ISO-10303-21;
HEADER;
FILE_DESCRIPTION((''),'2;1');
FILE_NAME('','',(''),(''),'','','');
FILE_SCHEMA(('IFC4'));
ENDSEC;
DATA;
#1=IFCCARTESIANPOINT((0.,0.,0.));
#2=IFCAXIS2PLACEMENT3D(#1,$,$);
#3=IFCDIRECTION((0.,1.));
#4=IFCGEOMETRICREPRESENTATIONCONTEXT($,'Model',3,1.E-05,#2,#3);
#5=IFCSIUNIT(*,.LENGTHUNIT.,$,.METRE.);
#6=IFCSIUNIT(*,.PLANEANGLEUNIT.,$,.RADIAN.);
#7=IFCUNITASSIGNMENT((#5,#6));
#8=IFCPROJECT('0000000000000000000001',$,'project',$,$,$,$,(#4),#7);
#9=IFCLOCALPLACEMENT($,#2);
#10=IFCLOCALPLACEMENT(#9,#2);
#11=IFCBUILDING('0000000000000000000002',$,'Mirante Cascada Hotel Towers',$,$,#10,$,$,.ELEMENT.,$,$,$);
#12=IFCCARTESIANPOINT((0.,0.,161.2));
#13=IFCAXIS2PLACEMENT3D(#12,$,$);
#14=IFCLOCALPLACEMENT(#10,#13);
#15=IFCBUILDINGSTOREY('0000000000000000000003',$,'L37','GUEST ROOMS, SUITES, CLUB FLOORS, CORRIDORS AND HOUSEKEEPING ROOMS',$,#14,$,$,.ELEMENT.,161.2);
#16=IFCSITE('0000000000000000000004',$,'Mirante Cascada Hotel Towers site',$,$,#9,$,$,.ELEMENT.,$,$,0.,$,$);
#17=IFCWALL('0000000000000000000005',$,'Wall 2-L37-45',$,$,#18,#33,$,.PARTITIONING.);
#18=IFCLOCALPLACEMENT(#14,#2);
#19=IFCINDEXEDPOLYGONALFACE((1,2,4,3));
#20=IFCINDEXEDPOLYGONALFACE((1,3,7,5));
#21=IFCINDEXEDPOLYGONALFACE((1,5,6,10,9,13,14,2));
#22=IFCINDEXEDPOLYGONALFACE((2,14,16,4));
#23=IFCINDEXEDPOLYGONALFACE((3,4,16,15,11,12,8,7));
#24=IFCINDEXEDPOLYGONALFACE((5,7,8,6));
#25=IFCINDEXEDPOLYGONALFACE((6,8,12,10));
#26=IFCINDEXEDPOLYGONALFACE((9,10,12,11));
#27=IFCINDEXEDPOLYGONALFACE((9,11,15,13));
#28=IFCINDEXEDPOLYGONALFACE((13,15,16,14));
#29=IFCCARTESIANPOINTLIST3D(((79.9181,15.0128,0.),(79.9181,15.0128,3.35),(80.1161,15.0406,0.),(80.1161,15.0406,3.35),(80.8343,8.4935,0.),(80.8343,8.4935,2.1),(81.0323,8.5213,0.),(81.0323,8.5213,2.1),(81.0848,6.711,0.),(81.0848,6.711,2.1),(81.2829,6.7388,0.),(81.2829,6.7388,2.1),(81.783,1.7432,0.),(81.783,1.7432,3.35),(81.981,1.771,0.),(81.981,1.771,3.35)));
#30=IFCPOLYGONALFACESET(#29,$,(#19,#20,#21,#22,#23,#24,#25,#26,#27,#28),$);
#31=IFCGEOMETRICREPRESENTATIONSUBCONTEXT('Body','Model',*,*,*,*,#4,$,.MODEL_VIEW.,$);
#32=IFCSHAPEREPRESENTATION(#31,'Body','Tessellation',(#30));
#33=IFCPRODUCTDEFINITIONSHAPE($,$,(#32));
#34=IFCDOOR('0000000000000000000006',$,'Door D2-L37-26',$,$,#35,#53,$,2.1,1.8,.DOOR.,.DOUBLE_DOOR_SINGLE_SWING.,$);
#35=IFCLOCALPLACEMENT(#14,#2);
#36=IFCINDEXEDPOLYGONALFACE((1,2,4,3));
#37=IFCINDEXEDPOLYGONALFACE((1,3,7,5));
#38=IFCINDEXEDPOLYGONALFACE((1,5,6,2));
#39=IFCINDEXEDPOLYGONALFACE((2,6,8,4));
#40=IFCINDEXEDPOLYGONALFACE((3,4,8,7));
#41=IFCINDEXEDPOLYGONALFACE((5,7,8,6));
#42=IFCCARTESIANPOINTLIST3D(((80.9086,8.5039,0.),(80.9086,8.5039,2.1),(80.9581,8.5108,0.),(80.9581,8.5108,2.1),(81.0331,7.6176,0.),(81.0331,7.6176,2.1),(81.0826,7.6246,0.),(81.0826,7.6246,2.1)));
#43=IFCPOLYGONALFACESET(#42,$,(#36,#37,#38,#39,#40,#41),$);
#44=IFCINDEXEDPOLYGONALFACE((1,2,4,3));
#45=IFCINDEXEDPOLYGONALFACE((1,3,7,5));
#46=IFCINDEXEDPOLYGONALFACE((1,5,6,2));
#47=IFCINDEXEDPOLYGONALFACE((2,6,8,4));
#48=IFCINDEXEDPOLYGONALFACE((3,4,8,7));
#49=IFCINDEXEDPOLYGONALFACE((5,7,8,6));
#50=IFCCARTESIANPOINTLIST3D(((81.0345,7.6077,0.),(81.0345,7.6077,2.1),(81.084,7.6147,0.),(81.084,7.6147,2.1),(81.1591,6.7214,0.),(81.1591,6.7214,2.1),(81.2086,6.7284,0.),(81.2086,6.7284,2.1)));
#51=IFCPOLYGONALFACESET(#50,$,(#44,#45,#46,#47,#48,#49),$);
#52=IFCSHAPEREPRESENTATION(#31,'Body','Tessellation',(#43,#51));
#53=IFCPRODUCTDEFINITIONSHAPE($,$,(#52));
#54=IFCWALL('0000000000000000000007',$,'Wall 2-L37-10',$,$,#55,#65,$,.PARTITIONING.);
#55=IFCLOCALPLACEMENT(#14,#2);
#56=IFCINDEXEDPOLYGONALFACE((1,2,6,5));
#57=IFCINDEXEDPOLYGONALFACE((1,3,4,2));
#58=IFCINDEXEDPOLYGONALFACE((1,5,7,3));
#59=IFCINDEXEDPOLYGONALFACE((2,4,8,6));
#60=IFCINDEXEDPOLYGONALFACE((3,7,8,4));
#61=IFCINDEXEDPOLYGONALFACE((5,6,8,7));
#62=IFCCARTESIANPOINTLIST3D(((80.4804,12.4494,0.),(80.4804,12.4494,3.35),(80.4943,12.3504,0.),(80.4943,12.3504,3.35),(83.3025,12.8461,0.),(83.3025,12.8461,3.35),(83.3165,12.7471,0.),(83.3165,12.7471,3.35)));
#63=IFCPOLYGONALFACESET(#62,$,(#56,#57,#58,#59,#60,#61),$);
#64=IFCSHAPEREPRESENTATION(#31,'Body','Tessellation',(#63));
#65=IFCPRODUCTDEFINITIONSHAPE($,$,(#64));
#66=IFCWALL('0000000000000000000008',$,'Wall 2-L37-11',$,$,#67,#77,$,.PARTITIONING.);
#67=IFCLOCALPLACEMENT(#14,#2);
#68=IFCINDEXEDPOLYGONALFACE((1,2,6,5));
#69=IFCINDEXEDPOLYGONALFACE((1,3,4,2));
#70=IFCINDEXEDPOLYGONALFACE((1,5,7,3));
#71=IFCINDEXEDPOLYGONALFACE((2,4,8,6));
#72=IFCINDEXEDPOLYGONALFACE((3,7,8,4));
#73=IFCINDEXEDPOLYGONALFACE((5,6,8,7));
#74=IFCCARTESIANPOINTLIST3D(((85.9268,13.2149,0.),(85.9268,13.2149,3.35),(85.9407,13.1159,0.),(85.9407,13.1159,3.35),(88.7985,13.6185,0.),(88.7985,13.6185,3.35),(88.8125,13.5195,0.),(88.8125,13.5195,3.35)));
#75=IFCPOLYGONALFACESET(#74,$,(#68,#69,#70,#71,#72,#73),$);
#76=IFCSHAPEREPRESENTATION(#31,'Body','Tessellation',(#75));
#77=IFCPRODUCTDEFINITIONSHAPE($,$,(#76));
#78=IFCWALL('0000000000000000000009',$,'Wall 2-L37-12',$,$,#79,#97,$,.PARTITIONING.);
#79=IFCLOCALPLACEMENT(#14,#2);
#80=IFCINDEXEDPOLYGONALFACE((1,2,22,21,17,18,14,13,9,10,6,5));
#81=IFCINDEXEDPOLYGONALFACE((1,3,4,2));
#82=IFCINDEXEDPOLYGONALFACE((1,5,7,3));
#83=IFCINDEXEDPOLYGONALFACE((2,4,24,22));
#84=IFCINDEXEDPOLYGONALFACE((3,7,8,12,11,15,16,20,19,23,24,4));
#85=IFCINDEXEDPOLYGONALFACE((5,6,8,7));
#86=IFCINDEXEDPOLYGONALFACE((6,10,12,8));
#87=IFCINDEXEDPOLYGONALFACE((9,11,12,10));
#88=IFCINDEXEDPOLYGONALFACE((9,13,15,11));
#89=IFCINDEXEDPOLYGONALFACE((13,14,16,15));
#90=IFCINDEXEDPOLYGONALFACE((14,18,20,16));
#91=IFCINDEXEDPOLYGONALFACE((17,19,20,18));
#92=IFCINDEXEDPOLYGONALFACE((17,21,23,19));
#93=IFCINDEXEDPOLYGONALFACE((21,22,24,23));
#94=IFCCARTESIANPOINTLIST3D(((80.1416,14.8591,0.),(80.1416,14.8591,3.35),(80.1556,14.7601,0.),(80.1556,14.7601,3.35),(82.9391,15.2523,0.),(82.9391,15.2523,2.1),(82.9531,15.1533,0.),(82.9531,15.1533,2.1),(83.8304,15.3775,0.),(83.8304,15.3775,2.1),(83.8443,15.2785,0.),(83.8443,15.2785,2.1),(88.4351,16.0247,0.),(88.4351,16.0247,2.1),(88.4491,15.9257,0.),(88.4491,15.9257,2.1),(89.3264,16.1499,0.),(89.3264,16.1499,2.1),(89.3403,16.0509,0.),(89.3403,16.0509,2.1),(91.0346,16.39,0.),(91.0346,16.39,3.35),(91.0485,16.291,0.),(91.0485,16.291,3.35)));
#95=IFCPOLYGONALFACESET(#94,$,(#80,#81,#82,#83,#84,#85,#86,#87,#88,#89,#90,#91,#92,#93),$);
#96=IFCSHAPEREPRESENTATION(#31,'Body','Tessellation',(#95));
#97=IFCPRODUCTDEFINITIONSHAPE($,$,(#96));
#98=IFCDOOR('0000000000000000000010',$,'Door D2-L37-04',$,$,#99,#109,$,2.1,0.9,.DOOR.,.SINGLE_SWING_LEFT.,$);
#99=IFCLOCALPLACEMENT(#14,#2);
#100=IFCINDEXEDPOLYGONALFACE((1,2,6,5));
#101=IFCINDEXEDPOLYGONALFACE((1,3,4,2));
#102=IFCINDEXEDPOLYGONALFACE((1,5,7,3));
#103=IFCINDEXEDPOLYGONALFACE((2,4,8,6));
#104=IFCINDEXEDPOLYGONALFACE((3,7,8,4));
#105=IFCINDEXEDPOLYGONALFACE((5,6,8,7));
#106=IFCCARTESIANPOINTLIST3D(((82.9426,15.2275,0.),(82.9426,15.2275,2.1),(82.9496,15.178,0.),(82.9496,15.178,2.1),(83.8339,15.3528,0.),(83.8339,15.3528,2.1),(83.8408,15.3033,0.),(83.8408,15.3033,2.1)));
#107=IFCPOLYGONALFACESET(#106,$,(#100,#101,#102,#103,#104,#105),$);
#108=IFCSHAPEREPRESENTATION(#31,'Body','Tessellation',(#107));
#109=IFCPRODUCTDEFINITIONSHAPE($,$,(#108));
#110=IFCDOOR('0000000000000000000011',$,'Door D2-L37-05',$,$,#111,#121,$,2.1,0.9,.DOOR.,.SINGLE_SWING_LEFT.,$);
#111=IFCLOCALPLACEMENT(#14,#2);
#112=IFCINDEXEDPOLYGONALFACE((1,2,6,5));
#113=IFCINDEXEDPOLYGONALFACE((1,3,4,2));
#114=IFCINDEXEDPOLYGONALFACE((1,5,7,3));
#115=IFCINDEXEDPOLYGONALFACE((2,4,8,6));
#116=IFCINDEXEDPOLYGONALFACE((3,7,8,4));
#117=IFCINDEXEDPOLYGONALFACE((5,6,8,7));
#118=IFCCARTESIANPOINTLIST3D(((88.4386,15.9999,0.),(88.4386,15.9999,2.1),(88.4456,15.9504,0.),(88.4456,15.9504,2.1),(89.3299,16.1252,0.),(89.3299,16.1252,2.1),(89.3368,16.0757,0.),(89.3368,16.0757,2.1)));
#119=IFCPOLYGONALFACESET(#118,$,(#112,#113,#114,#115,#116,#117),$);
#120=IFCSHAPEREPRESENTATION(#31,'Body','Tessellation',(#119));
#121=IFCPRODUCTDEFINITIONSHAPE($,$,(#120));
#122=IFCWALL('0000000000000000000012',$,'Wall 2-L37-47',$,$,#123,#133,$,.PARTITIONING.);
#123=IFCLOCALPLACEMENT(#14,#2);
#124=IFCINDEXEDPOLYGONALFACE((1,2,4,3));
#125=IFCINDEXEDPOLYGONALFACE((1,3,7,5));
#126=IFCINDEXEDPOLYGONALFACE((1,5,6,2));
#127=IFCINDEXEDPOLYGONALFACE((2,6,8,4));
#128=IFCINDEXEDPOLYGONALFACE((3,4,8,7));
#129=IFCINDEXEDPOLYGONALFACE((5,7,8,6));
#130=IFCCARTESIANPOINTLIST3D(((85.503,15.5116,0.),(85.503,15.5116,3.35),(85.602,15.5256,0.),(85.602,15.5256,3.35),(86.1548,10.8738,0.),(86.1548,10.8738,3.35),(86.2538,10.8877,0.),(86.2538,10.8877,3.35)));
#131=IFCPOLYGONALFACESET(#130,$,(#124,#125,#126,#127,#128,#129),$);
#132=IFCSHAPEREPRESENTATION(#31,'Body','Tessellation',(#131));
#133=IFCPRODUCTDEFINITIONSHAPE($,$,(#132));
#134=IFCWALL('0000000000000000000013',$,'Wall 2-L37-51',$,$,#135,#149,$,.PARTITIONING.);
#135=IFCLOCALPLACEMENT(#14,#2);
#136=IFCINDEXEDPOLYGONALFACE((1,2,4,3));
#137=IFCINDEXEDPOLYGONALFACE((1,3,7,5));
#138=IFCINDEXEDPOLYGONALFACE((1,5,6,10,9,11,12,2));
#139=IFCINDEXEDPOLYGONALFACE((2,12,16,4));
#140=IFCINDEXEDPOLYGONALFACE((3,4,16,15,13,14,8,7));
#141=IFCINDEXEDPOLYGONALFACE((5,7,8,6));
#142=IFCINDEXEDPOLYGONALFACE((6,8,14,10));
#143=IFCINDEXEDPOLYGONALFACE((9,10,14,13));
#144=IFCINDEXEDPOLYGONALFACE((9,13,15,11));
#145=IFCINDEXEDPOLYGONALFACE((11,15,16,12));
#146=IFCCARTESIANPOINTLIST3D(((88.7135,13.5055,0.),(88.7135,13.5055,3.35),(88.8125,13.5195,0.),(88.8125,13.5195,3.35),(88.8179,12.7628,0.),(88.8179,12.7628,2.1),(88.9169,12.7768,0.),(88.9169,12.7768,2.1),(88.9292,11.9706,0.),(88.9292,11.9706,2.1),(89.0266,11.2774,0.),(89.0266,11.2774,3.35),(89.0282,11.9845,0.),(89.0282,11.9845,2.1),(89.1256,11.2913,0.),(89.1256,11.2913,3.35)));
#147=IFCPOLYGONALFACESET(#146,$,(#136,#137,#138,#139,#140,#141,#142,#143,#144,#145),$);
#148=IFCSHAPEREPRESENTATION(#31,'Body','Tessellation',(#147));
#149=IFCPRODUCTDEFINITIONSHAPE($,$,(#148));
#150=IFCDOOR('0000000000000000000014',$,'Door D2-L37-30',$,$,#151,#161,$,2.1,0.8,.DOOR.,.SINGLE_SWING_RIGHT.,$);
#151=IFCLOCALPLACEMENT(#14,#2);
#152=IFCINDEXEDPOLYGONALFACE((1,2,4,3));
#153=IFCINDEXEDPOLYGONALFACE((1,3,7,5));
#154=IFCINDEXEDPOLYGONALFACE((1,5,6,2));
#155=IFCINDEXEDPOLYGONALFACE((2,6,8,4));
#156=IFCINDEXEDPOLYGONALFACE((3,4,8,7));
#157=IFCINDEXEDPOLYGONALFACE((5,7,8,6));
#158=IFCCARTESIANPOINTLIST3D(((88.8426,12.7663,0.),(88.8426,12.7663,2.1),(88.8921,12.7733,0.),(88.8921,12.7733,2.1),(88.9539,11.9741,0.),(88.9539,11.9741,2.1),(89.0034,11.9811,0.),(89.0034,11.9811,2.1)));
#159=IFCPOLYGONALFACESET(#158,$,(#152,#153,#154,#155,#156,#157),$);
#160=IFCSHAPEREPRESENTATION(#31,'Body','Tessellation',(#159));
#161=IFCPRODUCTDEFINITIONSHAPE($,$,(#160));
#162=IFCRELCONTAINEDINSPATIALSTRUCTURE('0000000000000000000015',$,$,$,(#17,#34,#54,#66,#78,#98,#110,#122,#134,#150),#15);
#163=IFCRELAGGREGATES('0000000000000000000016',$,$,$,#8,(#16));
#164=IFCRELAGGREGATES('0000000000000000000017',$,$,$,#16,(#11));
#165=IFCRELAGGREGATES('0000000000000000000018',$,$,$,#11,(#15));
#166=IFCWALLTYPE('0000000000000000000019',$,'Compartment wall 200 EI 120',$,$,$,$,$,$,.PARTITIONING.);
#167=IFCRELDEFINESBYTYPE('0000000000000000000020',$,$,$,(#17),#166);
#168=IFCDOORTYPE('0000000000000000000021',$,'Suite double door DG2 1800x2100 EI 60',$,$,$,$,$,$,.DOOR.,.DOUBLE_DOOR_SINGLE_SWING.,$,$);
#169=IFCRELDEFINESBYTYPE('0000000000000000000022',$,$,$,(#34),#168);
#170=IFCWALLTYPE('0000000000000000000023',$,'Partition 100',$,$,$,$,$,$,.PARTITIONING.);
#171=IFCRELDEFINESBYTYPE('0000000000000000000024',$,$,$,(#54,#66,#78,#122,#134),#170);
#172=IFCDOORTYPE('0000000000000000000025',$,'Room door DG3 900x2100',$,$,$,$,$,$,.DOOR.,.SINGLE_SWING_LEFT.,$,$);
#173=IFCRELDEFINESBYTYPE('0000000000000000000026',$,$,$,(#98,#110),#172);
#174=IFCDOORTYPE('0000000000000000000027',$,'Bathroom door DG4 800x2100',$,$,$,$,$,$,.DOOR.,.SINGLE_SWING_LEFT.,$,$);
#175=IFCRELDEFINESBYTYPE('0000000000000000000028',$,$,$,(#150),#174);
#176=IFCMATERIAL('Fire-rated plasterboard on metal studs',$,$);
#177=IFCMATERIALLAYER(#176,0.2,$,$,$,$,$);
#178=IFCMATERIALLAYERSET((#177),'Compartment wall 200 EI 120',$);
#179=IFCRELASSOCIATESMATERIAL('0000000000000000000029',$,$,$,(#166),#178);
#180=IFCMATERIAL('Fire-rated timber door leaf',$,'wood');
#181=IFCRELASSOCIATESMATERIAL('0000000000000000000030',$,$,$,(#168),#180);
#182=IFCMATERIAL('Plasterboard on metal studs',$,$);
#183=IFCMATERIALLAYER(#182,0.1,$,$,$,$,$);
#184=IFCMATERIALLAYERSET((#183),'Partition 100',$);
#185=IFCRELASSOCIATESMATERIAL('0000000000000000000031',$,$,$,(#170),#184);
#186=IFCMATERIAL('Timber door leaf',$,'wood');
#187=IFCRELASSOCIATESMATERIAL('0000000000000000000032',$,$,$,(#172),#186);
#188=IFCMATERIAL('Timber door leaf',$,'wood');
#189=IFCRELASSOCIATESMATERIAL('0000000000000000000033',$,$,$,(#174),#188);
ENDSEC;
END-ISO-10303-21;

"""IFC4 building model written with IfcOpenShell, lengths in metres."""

from ifc_helpers import new_model, si_unit, direction, frame, frame_2d, origin, place, context, subcontext, project, spatial, rectangle, extrude, material, layer, layer_set, type_object, element, fill, save


model = new_model("IFC4")

# Units and contexts
model_context = context("Model", 3, precision=1e-05, world=origin(), true_north=direction((0.0, 1.0)))
body_context = subcontext(model_context, "Body", "Model", "MODEL_VIEW")
ifc_project = project(units=[si_unit("LENGTHUNIT", "METRE"), si_unit("PLANEANGLEUNIT", "RADIAN")], contexts=[model_context])

# Site, building, storey
site_placement = place(None, origin())
site = spatial("IfcSite", under=ifc_project, at=site_placement, Name="Mirante Cascada Hotel Towers site", CompositionType="ELEMENT", RefElevation=0.0)
building_placement = place(site_placement, origin())
building = spatial("IfcBuilding", under=site, at=building_placement, Name="Mirante Cascada Hotel Towers", CompositionType="ELEMENT")
storey_placement = place(building_placement, frame((0.0, 0.0, 161.2)))
storey = spatial("IfcBuildingStorey", under=building, at=storey_placement, Name="L37", Description="GUEST ROOMS, SUITES, CLUB FLOORS, CORRIDORS AND HOUSEKEEPING ROOMS", CompositionType="ELEMENT", Elevation=161.2)

# Shared definitions
ifc_material_1 = material(Name="Fire-rated plasterboard on metal studs")
ifc_layer_1 = layer(ifc_material_1, 0.2)
ifc_layer_set_1 = layer_set([ifc_layer_1], Name="Compartment wall 200 EI 120")
wall_type_1 = type_object("IfcWallType", Name="Compartment wall 200 EI 120", PredefinedType="PARTITIONING", material=ifc_layer_set_1)

# Wall, opening, door
wall_1_placement = place(storey_placement, frame((80.0171, 15.0267, 0.0), z_axis=(0.0, 0.0, 1.0), x_axis=(0.139172, -0.990268, 0.0)))
wall_1 = element("IfcWall", 1, at=wall_1_placement, inside=storey, type_object=wall_type_1, Name="Wall 2-L37-45", PredefinedType="PARTITIONING", context=body_context, shape_type="SweptSolid", body=[
    extrude(rectangle(XDim=13.4, YDim=0.2, at=frame_2d((6.7, 0.0))), origin(), (0.0, 0.0, 1.0), 3.35),
])
opening_1_placement = place(wall_1_placement, frame((6.5834, 0.0, 0.0)))
opening_1 = element("IfcOpeningElement", 2, at=opening_1_placement, cuts=wall_1, PredefinedType="OPENING", context=body_context, shape_type="SweptSolid", body=[
    extrude(rectangle(XDim=1.8, YDim=2.1, at=frame_2d((0.9, 1.05))), frame((0.0, 0.1, 0.0), z_axis=(0.0, -1.0, 0.0), x_axis=(1.0, 0.0, 0.0)), (0.0, 0.0, 1.0), 0.2),
])
ifc_material_2 = material(Name="Fire-rated timber door leaf", Category="wood")
door_type_1 = type_object("IfcDoorType", Name="Suite double door DG2 1800x2100 EI 60", OperationType="DOUBLE_DOOR_SINGLE_SWING", PredefinedType="DOOR", material=ifc_material_2)
door_1_placement = place(opening_1_placement, origin())
door_1 = element("IfcDoor", 3, at=door_1_placement, inside=storey, type_object=door_type_1, Name="Door D2-L37-26", OperationType="DOUBLE_DOOR_SINGLE_SWING", OverallHeight=2.1, OverallWidth=1.8, PredefinedType="DOOR", context=body_context, shape_type="SweptSolid", body=[
    extrude(rectangle(XDim=0.895, YDim=2.1, at=frame_2d((0.4475, 1.05))), frame((0.0, 0.025, 0.0), z_axis=(0.0, -1.0, 0.0), x_axis=(1.0, 0.0, 0.0)), (0.0, 0.0, 1.0), 0.05),
    extrude(rectangle(XDim=0.895, YDim=2.1, at=frame_2d((1.3525, 1.05))), frame((0.0, 0.025, 0.0), z_axis=(0.0, -1.0, 0.0), x_axis=(1.0, 0.0, 0.0)), (0.0, 0.0, 1.0), 0.05),
])
fill(opening_1, door_1)

# Walls
ifc_material_3 = material(Name="Plasterboard on metal studs")
ifc_layer_2 = layer(ifc_material_3, 0.1)
ifc_layer_set_2 = layer_set([ifc_layer_2], Name="Partition 100")
wall_type_2 = type_object("IfcWallType", Name="Partition 100", PredefinedType="PARTITIONING", material=ifc_layer_set_2)
wall_2_placement = place(storey_placement, frame((80.4873, 12.3999, 0.0), z_axis=(0.0, 0.0, 1.0), x_axis=(0.990265, 0.139196, 0.0)))
element("IfcWall", 4, at=wall_2_placement, inside=storey, type_object=wall_type_2, Name="Wall 2-L37-10", PredefinedType="PARTITIONING", context=body_context, shape_type="SweptSolid", body=[
    extrude(rectangle(XDim=2.8499, YDim=0.1, at=frame_2d((1.425, 0.0))), origin(), (0.0, 0.0, 1.0), 3.35),
])
wall_3_placement = place(storey_placement, frame((88.8055, 13.569, 0.0), z_axis=(0.0, 0.0, 1.0), x_axis=(-0.990268, -0.139171, 0.0)))
element("IfcWall", 5, at=wall_3_placement, inside=storey, type_object=wall_type_2, Name="Wall 2-L37-11", PredefinedType="PARTITIONING", context=body_context, shape_type="SweptSolid", body=[
    extrude(rectangle(XDim=2.9, YDim=0.1, at=frame_2d((1.45, 0.0))), origin(), (0.0, 0.0, 1.0), 3.35),
])

# Wall, openings, doors
wall_4_placement = place(storey_placement, frame((80.1486, 14.8096, 0.0), z_axis=(0.0, 0.0, 1.0), x_axis=(0.990268, 0.139173, 0.0)))
wall_4 = element("IfcWall", 6, at=wall_4_placement, inside=storey, type_object=wall_type_2, Name="Wall 2-L37-12", PredefinedType="PARTITIONING", context=body_context, shape_type="SweptSolid", body=[
    extrude(rectangle(XDim=11.0, YDim=0.1, at=frame_2d((5.5, 0.0))), origin(), (0.0, 0.0, 1.0), 3.35),
])
opening_2_placement = place(wall_4_placement, frame((2.825, 0.0, 0.0)))
opening_2 = element("IfcOpeningElement", 7, at=opening_2_placement, cuts=wall_4, PredefinedType="OPENING", context=body_context, shape_type="SweptSolid", body=[
    extrude(rectangle(XDim=0.9, YDim=2.1, at=frame_2d((0.45, 1.05))), frame((0.0, 0.05, 0.0), z_axis=(0.0, -1.0, 0.0), x_axis=(1.0, 0.0, 0.0)), (0.0, 0.0, 1.0), 0.1),
])
opening_3_placement = place(wall_4_placement, frame((8.375, 0.0, 0.0)))
opening_3 = element("IfcOpeningElement", 8, at=opening_3_placement, cuts=wall_4, PredefinedType="OPENING", context=body_context, shape_type="SweptSolid", body=[
    extrude(rectangle(XDim=0.9, YDim=2.1, at=frame_2d((0.45, 1.05))), frame((0.0, 0.05, 0.0), z_axis=(0.0, -1.0, 0.0), x_axis=(1.0, 0.0, 0.0)), (0.0, 0.0, 1.0), 0.1),
])
ifc_material_4 = material(Name="Timber door leaf", Category="wood")
door_type_2 = type_object("IfcDoorType", Name="Room door DG3 900x2100", OperationType="SINGLE_SWING_LEFT", PredefinedType="DOOR", material=ifc_material_4)
door_2_placement = place(opening_2_placement, origin())
door_2 = element("IfcDoor", 9, at=door_2_placement, inside=storey, type_object=door_type_2, Name="Door D2-L37-04", OperationType="SINGLE_SWING_LEFT", OverallHeight=2.1, OverallWidth=0.9, PredefinedType="DOOR", context=body_context, shape_type="SweptSolid", body=[
    extrude(rectangle(XDim=0.9, YDim=2.1, at=frame_2d((0.45, 1.05))), frame((0.0, 0.025, 0.0), z_axis=(0.0, -1.0, 0.0), x_axis=(1.0, 0.0, 0.0)), (0.0, 0.0, 1.0), 0.05),
])
fill(opening_2, door_2)
door_3_placement = place(opening_3_placement, origin())
door_3 = element("IfcDoor", 10, at=door_3_placement, inside=storey, type_object=door_type_2, Name="Door D2-L37-05", OperationType="SINGLE_SWING_LEFT", OverallHeight=2.1, OverallWidth=0.9, PredefinedType="DOOR", context=body_context, shape_type="SweptSolid", body=[
    extrude(rectangle(XDim=0.9, YDim=2.1, at=frame_2d((0.45, 1.05))), frame((0.0, 0.025, 0.0), z_axis=(0.0, -1.0, 0.0), x_axis=(1.0, 0.0, 0.0)), (0.0, 0.0, 1.0), 0.05),
])
fill(opening_3, door_3)

# Wall
wall_5_placement = place(storey_placement, frame((85.5525, 15.5186, 0.0), z_axis=(0.0, 0.0, 1.0), x_axis=(0.139173, -0.990268, 0.0)))
element("IfcWall", 11, at=wall_5_placement, inside=storey, type_object=wall_type_2, Name="Wall 2-L37-47", PredefinedType="PARTITIONING", context=body_context, shape_type="SweptSolid", body=[
    extrude(rectangle(XDim=4.6834, YDim=0.1, at=frame_2d((2.3417, 0.0))), origin(), (0.0, 0.0, 1.0), 3.35),
])

# Wall, opening, door
wall_6_placement = place(storey_placement, frame((88.763, 13.5125, 0.0), z_axis=(0.0, 0.0, 1.0), x_axis=(0.139156, -0.990271, 0.0)))
wall_6 = element("IfcWall", 12, at=wall_6_placement, inside=storey, type_object=wall_type_2, Name="Wall 2-L37-51", PredefinedType="PARTITIONING", context=body_context, shape_type="SweptSolid", body=[
    extrude(rectangle(XDim=2.25, YDim=0.1, at=frame_2d((1.125, 0.0))), origin(), (0.0, 0.0, 1.0), 3.35),
])
opening_4_placement = place(wall_6_placement, frame((0.75, 0.0, 0.0)))
opening_4 = element("IfcOpeningElement", 13, at=opening_4_placement, cuts=wall_6, PredefinedType="OPENING", context=body_context, shape_type="SweptSolid", body=[
    extrude(rectangle(XDim=0.8, YDim=2.1, at=frame_2d((0.4, 1.05))), frame((0.0, 0.05, 0.0), z_axis=(0.0, -1.0, 0.0), x_axis=(1.0, 0.0, 0.0)), (0.0, 0.0, 1.0), 0.1),
])
ifc_material_5 = material(Name="Timber door leaf", Category="wood")
door_type_3 = type_object("IfcDoorType", Name="Bathroom door DG4 800x2100", OperationType="SINGLE_SWING_LEFT", PredefinedType="DOOR", material=ifc_material_5)
door_4_placement = place(opening_4_placement, frame((0.8, 0.0, 0.0), z_axis=(0.0, 0.0, 1.0), x_axis=(-1.0, 0.0, 0.0)))
door_4 = element("IfcDoor", 14, at=door_4_placement, inside=storey, type_object=door_type_3, Name="Door D2-L37-30", OperationType="SINGLE_SWING_RIGHT", OverallHeight=2.1, OverallWidth=0.8, PredefinedType="DOOR", context=body_context, shape_type="SweptSolid", body=[
    extrude(rectangle(XDim=0.8, YDim=2.1, at=frame_2d((0.4, 1.05))), frame((0.0, 0.025, 0.0), z_axis=(0.0, -1.0, 0.0), x_axis=(1.0, 0.0, 0.0)), (0.0, 0.0, 1.0), 0.05),
])
fill(opening_4, door_4)

save(model, "model.ifc")
